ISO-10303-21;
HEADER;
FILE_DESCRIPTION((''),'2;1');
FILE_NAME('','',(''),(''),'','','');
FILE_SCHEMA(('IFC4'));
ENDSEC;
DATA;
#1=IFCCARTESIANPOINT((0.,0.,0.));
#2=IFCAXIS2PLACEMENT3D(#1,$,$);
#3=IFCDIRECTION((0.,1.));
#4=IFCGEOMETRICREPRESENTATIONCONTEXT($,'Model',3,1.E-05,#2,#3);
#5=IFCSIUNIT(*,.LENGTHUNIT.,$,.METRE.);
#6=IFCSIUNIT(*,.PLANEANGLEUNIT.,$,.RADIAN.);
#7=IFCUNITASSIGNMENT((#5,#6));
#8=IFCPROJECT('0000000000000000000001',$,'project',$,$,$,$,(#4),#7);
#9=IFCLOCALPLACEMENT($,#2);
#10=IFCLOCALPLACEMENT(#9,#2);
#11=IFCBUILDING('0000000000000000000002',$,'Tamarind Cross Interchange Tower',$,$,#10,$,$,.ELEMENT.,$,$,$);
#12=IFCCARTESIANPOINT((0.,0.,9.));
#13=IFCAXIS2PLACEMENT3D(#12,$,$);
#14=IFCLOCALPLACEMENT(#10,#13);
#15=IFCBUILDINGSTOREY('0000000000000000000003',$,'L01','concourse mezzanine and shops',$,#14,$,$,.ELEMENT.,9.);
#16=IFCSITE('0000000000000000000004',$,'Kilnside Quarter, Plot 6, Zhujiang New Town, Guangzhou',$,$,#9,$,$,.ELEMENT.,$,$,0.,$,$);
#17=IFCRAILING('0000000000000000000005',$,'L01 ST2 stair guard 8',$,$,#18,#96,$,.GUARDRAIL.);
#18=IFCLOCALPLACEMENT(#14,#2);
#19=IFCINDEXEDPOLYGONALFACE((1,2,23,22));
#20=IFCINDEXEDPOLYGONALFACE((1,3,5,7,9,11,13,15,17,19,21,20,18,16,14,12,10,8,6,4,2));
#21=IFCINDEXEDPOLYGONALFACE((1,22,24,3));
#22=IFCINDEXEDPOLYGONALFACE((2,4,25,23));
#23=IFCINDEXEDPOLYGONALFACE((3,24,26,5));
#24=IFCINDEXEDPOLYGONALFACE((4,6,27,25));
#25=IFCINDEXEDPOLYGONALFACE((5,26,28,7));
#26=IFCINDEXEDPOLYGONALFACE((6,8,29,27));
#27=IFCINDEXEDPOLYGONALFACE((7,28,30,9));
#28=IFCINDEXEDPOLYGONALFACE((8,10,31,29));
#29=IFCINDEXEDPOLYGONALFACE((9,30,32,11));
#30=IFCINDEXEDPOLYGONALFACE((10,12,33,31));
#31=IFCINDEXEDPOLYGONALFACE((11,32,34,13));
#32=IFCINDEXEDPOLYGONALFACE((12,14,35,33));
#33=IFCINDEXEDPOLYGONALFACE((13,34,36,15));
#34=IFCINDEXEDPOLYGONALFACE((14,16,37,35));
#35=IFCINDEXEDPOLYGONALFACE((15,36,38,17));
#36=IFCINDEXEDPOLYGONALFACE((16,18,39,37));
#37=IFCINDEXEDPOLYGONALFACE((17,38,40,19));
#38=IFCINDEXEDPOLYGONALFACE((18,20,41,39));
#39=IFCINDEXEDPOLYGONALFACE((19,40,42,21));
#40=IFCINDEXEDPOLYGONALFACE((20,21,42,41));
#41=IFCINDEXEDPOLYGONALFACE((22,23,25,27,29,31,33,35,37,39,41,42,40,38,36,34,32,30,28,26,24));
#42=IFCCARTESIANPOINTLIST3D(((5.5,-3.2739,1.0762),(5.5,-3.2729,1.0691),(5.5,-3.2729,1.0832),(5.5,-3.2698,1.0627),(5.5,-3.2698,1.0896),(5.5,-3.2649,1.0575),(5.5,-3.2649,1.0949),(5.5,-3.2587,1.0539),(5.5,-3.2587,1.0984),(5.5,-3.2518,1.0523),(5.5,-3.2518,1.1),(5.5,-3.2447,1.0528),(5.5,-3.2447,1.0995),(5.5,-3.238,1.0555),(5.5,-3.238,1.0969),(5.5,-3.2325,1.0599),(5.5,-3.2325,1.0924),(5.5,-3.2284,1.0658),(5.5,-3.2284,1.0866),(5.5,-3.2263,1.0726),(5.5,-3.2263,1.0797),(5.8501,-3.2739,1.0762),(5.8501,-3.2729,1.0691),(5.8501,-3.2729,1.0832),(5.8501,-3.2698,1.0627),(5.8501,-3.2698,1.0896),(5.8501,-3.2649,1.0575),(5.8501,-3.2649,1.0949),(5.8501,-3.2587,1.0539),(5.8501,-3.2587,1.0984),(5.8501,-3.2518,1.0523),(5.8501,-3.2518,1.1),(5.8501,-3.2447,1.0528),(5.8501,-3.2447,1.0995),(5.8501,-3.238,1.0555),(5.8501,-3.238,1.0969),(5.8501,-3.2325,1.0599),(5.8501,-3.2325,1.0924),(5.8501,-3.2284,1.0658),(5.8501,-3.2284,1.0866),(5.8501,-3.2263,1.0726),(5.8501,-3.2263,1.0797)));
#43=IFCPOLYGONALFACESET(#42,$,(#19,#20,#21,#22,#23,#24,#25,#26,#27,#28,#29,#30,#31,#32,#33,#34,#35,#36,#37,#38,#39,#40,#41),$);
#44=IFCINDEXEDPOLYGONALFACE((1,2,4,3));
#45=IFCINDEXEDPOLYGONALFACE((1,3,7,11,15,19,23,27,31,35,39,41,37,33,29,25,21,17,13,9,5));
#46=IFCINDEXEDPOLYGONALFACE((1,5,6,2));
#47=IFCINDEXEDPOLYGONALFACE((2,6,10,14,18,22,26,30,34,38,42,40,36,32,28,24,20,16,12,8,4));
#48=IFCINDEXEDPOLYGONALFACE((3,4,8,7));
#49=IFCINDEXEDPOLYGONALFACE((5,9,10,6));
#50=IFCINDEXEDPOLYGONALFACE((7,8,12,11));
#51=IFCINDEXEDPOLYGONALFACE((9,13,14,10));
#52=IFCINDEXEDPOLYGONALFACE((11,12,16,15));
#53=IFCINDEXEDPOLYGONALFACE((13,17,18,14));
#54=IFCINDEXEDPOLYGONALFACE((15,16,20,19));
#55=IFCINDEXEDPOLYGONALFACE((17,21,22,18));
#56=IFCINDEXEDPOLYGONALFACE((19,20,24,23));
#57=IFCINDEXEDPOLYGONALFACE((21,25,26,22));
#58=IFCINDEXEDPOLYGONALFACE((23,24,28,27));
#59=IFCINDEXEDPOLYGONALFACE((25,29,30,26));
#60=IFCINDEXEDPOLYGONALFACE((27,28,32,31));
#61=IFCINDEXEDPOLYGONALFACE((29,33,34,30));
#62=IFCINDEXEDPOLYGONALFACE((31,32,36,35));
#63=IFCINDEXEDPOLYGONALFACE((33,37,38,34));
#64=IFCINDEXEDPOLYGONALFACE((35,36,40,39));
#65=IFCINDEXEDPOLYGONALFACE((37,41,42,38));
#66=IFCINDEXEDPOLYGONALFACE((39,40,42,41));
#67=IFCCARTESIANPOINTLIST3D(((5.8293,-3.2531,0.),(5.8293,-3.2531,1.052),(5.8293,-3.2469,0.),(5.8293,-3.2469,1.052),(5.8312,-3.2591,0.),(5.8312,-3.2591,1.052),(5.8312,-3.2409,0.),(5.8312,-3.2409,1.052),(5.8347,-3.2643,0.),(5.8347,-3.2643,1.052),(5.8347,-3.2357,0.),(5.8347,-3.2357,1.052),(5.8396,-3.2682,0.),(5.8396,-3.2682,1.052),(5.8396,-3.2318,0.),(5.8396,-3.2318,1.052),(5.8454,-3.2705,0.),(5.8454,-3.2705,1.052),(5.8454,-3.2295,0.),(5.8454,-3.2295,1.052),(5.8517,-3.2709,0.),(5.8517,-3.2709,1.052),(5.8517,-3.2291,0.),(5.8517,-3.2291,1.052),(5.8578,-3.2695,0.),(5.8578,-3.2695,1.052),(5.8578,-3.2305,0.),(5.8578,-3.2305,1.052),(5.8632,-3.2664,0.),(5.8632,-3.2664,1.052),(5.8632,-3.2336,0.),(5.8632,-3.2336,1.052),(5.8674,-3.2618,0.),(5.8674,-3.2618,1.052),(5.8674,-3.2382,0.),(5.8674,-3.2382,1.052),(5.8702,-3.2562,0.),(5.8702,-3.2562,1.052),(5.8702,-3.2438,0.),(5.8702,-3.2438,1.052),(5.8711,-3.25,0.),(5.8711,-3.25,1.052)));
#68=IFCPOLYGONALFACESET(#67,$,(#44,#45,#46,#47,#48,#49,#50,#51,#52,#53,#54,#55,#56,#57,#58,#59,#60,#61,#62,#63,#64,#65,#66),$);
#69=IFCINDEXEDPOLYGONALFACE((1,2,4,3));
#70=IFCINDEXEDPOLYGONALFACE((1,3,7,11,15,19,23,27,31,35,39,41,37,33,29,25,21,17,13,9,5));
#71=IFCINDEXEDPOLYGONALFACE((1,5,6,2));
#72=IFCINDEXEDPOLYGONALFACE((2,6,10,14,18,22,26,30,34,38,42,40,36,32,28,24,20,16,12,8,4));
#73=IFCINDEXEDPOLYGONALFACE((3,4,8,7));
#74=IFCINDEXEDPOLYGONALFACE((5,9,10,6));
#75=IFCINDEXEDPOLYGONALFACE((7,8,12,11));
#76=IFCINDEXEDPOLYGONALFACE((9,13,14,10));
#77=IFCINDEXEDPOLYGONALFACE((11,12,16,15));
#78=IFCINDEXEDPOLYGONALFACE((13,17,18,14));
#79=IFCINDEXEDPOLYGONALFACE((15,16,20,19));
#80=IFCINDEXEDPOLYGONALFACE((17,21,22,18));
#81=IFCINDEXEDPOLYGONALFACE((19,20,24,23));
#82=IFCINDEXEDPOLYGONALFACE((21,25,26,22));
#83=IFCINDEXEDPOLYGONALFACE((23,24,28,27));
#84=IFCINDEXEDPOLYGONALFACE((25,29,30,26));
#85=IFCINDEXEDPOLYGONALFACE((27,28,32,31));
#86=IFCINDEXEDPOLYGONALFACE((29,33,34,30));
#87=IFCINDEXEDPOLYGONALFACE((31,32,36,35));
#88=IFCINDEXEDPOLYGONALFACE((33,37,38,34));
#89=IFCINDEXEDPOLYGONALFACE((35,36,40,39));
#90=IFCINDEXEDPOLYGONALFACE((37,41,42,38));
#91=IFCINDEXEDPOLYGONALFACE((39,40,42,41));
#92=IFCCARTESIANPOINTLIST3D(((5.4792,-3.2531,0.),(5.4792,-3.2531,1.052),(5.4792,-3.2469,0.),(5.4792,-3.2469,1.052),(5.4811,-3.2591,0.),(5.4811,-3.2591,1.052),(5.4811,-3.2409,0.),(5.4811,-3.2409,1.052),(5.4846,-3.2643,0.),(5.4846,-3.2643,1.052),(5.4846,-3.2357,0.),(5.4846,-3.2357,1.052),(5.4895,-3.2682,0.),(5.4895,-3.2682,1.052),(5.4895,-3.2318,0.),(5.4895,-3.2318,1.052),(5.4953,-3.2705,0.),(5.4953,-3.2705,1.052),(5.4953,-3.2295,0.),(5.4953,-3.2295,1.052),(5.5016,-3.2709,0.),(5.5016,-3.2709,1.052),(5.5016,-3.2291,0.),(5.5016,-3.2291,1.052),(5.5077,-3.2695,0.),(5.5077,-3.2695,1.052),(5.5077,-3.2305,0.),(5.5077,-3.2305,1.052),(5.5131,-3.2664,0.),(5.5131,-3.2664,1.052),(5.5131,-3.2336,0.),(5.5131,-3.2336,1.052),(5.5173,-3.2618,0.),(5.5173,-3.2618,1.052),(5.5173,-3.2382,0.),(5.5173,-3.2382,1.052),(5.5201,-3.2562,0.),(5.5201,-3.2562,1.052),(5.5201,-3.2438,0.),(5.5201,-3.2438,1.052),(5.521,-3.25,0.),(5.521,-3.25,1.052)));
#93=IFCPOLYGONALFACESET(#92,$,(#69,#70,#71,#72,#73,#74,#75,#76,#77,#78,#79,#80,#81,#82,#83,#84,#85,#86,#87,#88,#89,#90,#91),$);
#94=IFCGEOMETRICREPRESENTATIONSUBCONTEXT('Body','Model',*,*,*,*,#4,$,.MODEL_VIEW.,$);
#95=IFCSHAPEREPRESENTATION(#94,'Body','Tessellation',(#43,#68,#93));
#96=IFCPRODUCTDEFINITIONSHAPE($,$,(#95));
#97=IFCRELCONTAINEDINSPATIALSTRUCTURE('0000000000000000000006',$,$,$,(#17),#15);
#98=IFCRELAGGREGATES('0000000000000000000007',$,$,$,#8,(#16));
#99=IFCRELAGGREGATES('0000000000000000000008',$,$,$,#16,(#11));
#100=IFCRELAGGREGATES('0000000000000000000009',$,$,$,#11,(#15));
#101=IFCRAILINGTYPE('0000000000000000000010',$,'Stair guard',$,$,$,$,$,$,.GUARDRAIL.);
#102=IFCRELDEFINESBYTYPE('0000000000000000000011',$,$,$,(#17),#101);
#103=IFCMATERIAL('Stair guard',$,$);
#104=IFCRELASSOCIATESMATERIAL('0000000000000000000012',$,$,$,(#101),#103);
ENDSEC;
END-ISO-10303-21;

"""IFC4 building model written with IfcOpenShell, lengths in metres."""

from ifc_helpers import new_model, si_unit, direction, frame, origin, origin_2d, place, context, subcontext, project, spatial, circle, extrude, material, type_object, element, save


model = new_model("IFC4")

# Units and contexts
model_context = context("Model", 3, precision=1e-05, world=origin(), true_north=direction((0.0, 1.0)))
body_context = subcontext(model_context, "Body", "Model", "MODEL_VIEW")
ifc_project = project(units=[si_unit("LENGTHUNIT", "METRE"), si_unit("PLANEANGLEUNIT", "RADIAN")], contexts=[model_context])

# Site, building, storey
site_placement = place(None, origin())
site = spatial("IfcSite", under=ifc_project, at=site_placement, Name="Kilnside Quarter, Plot 6, Zhujiang New Town, Guangzhou", CompositionType="ELEMENT", RefElevation=0.0)
building_placement = place(site_placement, origin())
building = spatial("IfcBuilding", under=site, at=building_placement, Name="Tamarind Cross Interchange Tower", CompositionType="ELEMENT")
storey_placement = place(building_placement, frame((0.0, 0.0, 9.0)))
storey = spatial("IfcBuildingStorey", under=building, at=storey_placement, Name="L01", Description="concourse mezzanine and shops", CompositionType="ELEMENT", Elevation=9.0)

# Railing
ifc_material_1 = material(Name="Stair guard")
railing_type_1 = type_object("IfcRailingType", Name="Stair guard", PredefinedType="GUARDRAIL", material=ifc_material_1)
railing_1_placement = place(storey_placement, frame((5.8501, -3.25, 0.0)))
element("IfcRailing", 1, at=railing_1_placement, inside=storey, type_object=railing_type_1, Name="L01 ST2 stair guard 8", PredefinedType="GUARDRAIL", context=body_context, shape_type="SweptSolid", body=[
    extrude(circle(Radius=0.0239, at=origin_2d()), frame((0.0, 0.0, 1.0762), z_axis=(-1.0, 0.0, 0.0), x_axis=(0.0, -1.0, 0.0)), (0.0, 0.0, 1.0), 0.3501),
    extrude(circle(Radius=0.021, at=origin_2d()), origin(), (0.0, 0.0, 1.0), 1.052),
    extrude(circle(Radius=0.021, at=origin_2d()), frame((-0.3501, 0.0, 0.0)), (0.0, 0.0, 1.0), 1.052),
])

save(model, "model.ifc")
